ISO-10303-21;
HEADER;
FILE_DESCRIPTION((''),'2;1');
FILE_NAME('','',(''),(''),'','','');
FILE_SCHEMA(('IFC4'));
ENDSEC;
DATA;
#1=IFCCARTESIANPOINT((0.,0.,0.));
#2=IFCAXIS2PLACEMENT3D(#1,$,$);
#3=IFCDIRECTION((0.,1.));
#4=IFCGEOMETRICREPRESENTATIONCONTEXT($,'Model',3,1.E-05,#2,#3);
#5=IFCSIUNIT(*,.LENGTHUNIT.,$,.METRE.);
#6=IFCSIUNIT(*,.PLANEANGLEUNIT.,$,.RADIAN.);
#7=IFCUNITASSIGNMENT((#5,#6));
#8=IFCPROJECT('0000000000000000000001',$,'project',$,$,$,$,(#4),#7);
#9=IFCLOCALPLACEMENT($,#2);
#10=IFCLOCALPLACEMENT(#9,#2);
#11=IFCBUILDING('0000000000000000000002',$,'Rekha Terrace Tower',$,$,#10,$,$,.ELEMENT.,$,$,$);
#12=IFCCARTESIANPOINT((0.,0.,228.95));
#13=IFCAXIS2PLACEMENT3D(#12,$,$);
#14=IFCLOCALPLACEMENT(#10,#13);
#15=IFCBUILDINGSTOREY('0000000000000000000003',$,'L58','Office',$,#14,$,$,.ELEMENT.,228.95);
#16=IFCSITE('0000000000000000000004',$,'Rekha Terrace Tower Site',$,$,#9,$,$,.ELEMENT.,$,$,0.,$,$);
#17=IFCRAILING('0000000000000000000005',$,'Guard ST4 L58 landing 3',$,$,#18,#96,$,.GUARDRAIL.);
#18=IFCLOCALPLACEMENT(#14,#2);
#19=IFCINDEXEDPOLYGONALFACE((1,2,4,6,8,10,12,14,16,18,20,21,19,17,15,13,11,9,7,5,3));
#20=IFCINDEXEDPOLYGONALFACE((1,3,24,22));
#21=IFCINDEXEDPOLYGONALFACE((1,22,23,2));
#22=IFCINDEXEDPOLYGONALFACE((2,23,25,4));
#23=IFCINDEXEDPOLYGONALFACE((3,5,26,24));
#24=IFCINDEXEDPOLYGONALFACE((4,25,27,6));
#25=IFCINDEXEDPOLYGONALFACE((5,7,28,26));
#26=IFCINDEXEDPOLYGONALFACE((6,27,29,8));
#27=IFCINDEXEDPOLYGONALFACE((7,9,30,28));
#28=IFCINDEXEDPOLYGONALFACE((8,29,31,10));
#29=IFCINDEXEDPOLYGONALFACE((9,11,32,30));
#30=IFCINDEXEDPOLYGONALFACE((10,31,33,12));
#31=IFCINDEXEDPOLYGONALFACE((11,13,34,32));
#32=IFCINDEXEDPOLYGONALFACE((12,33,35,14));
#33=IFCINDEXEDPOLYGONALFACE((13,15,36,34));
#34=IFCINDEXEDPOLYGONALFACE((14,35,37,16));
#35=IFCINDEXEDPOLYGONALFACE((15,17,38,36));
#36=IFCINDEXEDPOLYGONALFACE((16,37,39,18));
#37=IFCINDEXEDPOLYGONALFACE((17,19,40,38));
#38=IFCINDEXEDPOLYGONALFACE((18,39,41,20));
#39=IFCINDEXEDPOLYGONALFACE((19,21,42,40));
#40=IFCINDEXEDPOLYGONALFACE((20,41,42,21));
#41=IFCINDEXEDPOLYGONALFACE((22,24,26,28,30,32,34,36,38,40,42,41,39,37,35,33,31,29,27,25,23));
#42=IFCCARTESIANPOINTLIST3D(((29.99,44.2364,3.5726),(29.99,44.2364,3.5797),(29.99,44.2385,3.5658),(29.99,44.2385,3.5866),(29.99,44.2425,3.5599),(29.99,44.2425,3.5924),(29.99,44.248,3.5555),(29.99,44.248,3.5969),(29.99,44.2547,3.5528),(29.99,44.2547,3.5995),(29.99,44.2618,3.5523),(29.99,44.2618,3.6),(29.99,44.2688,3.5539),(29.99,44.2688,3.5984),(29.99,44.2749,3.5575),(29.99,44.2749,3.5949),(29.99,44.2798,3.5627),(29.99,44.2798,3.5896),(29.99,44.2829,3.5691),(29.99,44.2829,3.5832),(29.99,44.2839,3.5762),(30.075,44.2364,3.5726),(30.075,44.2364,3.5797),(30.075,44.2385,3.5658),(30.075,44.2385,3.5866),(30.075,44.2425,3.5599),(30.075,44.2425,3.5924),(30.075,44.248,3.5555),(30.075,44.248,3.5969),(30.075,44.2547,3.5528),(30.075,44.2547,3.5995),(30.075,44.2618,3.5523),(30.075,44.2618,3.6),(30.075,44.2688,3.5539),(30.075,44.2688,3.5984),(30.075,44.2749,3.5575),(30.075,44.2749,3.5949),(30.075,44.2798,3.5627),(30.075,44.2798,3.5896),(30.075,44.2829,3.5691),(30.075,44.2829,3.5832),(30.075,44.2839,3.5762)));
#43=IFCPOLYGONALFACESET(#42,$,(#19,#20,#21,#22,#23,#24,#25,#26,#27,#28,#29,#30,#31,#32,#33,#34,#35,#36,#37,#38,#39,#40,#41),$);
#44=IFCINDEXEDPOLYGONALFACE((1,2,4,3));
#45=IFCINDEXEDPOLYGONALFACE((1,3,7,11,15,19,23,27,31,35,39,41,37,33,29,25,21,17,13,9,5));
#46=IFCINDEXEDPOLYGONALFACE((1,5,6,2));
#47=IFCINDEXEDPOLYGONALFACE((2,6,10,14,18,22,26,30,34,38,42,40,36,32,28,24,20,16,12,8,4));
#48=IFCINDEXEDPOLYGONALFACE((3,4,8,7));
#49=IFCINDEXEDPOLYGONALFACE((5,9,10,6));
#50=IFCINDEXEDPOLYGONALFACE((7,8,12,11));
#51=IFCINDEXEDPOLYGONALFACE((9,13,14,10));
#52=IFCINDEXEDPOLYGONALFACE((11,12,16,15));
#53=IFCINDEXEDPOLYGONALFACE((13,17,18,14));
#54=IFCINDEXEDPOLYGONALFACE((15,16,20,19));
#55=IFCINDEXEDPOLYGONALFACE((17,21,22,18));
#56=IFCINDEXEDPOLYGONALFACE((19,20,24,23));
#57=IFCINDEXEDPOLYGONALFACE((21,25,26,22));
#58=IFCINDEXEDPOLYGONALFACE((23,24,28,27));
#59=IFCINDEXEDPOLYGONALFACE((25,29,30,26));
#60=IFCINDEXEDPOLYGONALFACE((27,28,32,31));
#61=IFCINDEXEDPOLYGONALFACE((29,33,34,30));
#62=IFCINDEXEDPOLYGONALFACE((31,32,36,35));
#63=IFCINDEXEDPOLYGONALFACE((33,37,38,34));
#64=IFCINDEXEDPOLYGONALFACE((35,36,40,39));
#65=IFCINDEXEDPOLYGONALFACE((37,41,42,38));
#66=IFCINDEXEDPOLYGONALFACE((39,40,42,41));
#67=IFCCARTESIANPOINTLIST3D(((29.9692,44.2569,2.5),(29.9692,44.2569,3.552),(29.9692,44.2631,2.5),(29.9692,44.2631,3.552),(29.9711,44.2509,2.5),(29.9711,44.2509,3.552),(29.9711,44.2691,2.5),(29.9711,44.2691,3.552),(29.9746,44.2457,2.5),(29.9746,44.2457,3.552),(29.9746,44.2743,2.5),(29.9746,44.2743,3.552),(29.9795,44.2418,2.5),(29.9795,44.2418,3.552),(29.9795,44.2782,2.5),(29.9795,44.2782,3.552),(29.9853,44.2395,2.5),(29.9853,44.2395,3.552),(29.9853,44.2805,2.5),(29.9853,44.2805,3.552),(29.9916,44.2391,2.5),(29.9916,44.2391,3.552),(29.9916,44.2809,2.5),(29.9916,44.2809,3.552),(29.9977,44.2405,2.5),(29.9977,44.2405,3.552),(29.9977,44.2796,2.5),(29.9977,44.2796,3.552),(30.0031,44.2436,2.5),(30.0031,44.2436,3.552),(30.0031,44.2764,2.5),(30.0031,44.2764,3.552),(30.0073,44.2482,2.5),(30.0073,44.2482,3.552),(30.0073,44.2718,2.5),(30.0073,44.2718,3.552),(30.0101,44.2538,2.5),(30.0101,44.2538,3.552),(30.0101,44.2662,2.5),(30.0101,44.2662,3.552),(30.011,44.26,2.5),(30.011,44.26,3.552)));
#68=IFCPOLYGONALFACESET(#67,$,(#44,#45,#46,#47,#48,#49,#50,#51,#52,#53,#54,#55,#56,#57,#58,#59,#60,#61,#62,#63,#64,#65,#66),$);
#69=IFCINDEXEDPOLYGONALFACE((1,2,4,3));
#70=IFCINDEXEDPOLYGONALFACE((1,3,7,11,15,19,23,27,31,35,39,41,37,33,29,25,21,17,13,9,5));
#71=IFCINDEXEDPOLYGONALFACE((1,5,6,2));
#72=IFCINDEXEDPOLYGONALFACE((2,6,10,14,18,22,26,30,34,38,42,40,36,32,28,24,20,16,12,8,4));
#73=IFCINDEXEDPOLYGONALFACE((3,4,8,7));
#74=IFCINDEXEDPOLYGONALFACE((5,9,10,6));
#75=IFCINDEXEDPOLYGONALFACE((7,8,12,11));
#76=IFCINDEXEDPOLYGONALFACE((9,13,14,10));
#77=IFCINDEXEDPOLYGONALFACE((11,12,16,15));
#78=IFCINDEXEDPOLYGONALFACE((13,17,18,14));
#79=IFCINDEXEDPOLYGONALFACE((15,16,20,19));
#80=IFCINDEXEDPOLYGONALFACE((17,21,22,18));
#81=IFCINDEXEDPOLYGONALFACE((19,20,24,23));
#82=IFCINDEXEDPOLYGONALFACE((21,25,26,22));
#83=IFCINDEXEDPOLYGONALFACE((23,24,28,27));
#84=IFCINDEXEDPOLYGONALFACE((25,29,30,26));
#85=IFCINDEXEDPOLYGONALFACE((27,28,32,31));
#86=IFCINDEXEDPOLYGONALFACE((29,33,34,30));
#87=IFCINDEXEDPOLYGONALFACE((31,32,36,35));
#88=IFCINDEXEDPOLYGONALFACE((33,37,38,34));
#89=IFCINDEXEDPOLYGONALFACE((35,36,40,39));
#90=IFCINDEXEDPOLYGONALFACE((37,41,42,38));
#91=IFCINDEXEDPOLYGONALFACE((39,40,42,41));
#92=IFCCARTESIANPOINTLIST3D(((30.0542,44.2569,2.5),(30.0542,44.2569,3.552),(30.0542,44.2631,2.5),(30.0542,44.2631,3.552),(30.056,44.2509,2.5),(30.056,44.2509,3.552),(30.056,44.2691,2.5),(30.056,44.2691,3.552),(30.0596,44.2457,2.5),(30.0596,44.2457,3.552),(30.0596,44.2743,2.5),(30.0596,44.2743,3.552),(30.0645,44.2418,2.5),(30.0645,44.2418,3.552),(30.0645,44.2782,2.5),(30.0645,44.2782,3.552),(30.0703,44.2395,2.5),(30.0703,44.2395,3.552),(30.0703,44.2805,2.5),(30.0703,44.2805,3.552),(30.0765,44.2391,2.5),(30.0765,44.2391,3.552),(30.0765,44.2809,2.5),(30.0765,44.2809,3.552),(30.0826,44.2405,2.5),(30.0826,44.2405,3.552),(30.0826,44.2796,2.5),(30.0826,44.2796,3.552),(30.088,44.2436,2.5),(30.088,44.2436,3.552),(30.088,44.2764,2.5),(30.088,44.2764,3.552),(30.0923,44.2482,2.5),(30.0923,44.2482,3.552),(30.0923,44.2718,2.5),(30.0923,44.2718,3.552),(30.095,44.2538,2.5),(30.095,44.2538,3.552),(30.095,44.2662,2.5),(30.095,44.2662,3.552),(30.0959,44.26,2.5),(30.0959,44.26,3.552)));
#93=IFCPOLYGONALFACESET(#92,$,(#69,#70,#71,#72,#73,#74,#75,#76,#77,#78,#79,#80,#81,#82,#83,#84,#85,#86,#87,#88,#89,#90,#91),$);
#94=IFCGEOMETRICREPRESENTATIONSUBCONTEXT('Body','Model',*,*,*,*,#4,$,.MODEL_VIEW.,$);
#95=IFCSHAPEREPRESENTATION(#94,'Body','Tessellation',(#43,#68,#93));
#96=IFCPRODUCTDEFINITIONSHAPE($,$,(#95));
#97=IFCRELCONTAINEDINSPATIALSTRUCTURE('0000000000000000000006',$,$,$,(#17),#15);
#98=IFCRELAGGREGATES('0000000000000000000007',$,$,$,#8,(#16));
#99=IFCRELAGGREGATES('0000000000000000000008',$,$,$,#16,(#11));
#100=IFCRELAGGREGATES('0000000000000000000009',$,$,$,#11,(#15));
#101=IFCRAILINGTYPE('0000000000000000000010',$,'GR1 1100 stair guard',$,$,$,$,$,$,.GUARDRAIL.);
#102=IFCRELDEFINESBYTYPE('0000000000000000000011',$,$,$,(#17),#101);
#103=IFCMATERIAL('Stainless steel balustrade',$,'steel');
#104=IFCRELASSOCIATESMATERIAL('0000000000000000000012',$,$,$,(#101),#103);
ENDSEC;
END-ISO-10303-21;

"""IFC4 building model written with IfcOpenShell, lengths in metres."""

from ifc_helpers import new_model, si_unit, direction, frame, origin, origin_2d, place, context, subcontext, project, spatial, circle, extrude, material, type_object, element, save


model = new_model("IFC4")

# Units and contexts
model_context = context("Model", 3, precision=1e-05, world=origin(), true_north=direction((0.0, 1.0)))
body_context = subcontext(model_context, "Body", "Model", "MODEL_VIEW")
ifc_project = project(units=[si_unit("LENGTHUNIT", "METRE"), si_unit("PLANEANGLEUNIT", "RADIAN")], contexts=[model_context])

# Site, building, storey
site_placement = place(None, origin())
site = spatial("IfcSite", under=ifc_project, at=site_placement, Name="Rekha Terrace Tower Site", CompositionType="ELEMENT", RefElevation=0.0)
building_placement = place(site_placement, origin())
building = spatial("IfcBuilding", under=site, at=building_placement, Name="Rekha Terrace Tower", CompositionType="ELEMENT")
storey_placement = place(building_placement, frame((0.0, 0.0, 228.95)))
storey = spatial("IfcBuildingStorey", under=building, at=storey_placement, Name="L58", Description="Office", CompositionType="ELEMENT", Elevation=228.95)

# Railing
ifc_material_1 = material(Name="Stainless steel balustrade", Category="steel")
railing_type_1 = type_object("IfcRailingType", Name="GR1 1100 stair guard", PredefinedType="GUARDRAIL", material=ifc_material_1)
railing_1_placement = place(storey_placement, frame((29.99, 44.26, 2.5)))
element("IfcRailing", 1, at=railing_1_placement, inside=storey, type_object=railing_type_1, Name="Guard ST4 L58 landing 3", PredefinedType="GUARDRAIL", context=body_context, shape_type="SweptSolid", body=[
    extrude(circle(Radius=0.0239, at=origin_2d()), frame((0.0, 0.0, 1.0762), z_axis=(1.0, 0.0, 0.0), x_axis=(0.0, 1.0, 0.0)), (0.0, 0.0, 1.0), 0.085),
    extrude(circle(Radius=0.021, at=origin_2d()), origin(), (0.0, 0.0, 1.0), 1.052),
    extrude(circle(Radius=0.021, at=origin_2d()), frame((0.085, 0.0, 0.0)), (0.0, 0.0, 1.0), 1.052),
])

save(model, "model.ifc")
